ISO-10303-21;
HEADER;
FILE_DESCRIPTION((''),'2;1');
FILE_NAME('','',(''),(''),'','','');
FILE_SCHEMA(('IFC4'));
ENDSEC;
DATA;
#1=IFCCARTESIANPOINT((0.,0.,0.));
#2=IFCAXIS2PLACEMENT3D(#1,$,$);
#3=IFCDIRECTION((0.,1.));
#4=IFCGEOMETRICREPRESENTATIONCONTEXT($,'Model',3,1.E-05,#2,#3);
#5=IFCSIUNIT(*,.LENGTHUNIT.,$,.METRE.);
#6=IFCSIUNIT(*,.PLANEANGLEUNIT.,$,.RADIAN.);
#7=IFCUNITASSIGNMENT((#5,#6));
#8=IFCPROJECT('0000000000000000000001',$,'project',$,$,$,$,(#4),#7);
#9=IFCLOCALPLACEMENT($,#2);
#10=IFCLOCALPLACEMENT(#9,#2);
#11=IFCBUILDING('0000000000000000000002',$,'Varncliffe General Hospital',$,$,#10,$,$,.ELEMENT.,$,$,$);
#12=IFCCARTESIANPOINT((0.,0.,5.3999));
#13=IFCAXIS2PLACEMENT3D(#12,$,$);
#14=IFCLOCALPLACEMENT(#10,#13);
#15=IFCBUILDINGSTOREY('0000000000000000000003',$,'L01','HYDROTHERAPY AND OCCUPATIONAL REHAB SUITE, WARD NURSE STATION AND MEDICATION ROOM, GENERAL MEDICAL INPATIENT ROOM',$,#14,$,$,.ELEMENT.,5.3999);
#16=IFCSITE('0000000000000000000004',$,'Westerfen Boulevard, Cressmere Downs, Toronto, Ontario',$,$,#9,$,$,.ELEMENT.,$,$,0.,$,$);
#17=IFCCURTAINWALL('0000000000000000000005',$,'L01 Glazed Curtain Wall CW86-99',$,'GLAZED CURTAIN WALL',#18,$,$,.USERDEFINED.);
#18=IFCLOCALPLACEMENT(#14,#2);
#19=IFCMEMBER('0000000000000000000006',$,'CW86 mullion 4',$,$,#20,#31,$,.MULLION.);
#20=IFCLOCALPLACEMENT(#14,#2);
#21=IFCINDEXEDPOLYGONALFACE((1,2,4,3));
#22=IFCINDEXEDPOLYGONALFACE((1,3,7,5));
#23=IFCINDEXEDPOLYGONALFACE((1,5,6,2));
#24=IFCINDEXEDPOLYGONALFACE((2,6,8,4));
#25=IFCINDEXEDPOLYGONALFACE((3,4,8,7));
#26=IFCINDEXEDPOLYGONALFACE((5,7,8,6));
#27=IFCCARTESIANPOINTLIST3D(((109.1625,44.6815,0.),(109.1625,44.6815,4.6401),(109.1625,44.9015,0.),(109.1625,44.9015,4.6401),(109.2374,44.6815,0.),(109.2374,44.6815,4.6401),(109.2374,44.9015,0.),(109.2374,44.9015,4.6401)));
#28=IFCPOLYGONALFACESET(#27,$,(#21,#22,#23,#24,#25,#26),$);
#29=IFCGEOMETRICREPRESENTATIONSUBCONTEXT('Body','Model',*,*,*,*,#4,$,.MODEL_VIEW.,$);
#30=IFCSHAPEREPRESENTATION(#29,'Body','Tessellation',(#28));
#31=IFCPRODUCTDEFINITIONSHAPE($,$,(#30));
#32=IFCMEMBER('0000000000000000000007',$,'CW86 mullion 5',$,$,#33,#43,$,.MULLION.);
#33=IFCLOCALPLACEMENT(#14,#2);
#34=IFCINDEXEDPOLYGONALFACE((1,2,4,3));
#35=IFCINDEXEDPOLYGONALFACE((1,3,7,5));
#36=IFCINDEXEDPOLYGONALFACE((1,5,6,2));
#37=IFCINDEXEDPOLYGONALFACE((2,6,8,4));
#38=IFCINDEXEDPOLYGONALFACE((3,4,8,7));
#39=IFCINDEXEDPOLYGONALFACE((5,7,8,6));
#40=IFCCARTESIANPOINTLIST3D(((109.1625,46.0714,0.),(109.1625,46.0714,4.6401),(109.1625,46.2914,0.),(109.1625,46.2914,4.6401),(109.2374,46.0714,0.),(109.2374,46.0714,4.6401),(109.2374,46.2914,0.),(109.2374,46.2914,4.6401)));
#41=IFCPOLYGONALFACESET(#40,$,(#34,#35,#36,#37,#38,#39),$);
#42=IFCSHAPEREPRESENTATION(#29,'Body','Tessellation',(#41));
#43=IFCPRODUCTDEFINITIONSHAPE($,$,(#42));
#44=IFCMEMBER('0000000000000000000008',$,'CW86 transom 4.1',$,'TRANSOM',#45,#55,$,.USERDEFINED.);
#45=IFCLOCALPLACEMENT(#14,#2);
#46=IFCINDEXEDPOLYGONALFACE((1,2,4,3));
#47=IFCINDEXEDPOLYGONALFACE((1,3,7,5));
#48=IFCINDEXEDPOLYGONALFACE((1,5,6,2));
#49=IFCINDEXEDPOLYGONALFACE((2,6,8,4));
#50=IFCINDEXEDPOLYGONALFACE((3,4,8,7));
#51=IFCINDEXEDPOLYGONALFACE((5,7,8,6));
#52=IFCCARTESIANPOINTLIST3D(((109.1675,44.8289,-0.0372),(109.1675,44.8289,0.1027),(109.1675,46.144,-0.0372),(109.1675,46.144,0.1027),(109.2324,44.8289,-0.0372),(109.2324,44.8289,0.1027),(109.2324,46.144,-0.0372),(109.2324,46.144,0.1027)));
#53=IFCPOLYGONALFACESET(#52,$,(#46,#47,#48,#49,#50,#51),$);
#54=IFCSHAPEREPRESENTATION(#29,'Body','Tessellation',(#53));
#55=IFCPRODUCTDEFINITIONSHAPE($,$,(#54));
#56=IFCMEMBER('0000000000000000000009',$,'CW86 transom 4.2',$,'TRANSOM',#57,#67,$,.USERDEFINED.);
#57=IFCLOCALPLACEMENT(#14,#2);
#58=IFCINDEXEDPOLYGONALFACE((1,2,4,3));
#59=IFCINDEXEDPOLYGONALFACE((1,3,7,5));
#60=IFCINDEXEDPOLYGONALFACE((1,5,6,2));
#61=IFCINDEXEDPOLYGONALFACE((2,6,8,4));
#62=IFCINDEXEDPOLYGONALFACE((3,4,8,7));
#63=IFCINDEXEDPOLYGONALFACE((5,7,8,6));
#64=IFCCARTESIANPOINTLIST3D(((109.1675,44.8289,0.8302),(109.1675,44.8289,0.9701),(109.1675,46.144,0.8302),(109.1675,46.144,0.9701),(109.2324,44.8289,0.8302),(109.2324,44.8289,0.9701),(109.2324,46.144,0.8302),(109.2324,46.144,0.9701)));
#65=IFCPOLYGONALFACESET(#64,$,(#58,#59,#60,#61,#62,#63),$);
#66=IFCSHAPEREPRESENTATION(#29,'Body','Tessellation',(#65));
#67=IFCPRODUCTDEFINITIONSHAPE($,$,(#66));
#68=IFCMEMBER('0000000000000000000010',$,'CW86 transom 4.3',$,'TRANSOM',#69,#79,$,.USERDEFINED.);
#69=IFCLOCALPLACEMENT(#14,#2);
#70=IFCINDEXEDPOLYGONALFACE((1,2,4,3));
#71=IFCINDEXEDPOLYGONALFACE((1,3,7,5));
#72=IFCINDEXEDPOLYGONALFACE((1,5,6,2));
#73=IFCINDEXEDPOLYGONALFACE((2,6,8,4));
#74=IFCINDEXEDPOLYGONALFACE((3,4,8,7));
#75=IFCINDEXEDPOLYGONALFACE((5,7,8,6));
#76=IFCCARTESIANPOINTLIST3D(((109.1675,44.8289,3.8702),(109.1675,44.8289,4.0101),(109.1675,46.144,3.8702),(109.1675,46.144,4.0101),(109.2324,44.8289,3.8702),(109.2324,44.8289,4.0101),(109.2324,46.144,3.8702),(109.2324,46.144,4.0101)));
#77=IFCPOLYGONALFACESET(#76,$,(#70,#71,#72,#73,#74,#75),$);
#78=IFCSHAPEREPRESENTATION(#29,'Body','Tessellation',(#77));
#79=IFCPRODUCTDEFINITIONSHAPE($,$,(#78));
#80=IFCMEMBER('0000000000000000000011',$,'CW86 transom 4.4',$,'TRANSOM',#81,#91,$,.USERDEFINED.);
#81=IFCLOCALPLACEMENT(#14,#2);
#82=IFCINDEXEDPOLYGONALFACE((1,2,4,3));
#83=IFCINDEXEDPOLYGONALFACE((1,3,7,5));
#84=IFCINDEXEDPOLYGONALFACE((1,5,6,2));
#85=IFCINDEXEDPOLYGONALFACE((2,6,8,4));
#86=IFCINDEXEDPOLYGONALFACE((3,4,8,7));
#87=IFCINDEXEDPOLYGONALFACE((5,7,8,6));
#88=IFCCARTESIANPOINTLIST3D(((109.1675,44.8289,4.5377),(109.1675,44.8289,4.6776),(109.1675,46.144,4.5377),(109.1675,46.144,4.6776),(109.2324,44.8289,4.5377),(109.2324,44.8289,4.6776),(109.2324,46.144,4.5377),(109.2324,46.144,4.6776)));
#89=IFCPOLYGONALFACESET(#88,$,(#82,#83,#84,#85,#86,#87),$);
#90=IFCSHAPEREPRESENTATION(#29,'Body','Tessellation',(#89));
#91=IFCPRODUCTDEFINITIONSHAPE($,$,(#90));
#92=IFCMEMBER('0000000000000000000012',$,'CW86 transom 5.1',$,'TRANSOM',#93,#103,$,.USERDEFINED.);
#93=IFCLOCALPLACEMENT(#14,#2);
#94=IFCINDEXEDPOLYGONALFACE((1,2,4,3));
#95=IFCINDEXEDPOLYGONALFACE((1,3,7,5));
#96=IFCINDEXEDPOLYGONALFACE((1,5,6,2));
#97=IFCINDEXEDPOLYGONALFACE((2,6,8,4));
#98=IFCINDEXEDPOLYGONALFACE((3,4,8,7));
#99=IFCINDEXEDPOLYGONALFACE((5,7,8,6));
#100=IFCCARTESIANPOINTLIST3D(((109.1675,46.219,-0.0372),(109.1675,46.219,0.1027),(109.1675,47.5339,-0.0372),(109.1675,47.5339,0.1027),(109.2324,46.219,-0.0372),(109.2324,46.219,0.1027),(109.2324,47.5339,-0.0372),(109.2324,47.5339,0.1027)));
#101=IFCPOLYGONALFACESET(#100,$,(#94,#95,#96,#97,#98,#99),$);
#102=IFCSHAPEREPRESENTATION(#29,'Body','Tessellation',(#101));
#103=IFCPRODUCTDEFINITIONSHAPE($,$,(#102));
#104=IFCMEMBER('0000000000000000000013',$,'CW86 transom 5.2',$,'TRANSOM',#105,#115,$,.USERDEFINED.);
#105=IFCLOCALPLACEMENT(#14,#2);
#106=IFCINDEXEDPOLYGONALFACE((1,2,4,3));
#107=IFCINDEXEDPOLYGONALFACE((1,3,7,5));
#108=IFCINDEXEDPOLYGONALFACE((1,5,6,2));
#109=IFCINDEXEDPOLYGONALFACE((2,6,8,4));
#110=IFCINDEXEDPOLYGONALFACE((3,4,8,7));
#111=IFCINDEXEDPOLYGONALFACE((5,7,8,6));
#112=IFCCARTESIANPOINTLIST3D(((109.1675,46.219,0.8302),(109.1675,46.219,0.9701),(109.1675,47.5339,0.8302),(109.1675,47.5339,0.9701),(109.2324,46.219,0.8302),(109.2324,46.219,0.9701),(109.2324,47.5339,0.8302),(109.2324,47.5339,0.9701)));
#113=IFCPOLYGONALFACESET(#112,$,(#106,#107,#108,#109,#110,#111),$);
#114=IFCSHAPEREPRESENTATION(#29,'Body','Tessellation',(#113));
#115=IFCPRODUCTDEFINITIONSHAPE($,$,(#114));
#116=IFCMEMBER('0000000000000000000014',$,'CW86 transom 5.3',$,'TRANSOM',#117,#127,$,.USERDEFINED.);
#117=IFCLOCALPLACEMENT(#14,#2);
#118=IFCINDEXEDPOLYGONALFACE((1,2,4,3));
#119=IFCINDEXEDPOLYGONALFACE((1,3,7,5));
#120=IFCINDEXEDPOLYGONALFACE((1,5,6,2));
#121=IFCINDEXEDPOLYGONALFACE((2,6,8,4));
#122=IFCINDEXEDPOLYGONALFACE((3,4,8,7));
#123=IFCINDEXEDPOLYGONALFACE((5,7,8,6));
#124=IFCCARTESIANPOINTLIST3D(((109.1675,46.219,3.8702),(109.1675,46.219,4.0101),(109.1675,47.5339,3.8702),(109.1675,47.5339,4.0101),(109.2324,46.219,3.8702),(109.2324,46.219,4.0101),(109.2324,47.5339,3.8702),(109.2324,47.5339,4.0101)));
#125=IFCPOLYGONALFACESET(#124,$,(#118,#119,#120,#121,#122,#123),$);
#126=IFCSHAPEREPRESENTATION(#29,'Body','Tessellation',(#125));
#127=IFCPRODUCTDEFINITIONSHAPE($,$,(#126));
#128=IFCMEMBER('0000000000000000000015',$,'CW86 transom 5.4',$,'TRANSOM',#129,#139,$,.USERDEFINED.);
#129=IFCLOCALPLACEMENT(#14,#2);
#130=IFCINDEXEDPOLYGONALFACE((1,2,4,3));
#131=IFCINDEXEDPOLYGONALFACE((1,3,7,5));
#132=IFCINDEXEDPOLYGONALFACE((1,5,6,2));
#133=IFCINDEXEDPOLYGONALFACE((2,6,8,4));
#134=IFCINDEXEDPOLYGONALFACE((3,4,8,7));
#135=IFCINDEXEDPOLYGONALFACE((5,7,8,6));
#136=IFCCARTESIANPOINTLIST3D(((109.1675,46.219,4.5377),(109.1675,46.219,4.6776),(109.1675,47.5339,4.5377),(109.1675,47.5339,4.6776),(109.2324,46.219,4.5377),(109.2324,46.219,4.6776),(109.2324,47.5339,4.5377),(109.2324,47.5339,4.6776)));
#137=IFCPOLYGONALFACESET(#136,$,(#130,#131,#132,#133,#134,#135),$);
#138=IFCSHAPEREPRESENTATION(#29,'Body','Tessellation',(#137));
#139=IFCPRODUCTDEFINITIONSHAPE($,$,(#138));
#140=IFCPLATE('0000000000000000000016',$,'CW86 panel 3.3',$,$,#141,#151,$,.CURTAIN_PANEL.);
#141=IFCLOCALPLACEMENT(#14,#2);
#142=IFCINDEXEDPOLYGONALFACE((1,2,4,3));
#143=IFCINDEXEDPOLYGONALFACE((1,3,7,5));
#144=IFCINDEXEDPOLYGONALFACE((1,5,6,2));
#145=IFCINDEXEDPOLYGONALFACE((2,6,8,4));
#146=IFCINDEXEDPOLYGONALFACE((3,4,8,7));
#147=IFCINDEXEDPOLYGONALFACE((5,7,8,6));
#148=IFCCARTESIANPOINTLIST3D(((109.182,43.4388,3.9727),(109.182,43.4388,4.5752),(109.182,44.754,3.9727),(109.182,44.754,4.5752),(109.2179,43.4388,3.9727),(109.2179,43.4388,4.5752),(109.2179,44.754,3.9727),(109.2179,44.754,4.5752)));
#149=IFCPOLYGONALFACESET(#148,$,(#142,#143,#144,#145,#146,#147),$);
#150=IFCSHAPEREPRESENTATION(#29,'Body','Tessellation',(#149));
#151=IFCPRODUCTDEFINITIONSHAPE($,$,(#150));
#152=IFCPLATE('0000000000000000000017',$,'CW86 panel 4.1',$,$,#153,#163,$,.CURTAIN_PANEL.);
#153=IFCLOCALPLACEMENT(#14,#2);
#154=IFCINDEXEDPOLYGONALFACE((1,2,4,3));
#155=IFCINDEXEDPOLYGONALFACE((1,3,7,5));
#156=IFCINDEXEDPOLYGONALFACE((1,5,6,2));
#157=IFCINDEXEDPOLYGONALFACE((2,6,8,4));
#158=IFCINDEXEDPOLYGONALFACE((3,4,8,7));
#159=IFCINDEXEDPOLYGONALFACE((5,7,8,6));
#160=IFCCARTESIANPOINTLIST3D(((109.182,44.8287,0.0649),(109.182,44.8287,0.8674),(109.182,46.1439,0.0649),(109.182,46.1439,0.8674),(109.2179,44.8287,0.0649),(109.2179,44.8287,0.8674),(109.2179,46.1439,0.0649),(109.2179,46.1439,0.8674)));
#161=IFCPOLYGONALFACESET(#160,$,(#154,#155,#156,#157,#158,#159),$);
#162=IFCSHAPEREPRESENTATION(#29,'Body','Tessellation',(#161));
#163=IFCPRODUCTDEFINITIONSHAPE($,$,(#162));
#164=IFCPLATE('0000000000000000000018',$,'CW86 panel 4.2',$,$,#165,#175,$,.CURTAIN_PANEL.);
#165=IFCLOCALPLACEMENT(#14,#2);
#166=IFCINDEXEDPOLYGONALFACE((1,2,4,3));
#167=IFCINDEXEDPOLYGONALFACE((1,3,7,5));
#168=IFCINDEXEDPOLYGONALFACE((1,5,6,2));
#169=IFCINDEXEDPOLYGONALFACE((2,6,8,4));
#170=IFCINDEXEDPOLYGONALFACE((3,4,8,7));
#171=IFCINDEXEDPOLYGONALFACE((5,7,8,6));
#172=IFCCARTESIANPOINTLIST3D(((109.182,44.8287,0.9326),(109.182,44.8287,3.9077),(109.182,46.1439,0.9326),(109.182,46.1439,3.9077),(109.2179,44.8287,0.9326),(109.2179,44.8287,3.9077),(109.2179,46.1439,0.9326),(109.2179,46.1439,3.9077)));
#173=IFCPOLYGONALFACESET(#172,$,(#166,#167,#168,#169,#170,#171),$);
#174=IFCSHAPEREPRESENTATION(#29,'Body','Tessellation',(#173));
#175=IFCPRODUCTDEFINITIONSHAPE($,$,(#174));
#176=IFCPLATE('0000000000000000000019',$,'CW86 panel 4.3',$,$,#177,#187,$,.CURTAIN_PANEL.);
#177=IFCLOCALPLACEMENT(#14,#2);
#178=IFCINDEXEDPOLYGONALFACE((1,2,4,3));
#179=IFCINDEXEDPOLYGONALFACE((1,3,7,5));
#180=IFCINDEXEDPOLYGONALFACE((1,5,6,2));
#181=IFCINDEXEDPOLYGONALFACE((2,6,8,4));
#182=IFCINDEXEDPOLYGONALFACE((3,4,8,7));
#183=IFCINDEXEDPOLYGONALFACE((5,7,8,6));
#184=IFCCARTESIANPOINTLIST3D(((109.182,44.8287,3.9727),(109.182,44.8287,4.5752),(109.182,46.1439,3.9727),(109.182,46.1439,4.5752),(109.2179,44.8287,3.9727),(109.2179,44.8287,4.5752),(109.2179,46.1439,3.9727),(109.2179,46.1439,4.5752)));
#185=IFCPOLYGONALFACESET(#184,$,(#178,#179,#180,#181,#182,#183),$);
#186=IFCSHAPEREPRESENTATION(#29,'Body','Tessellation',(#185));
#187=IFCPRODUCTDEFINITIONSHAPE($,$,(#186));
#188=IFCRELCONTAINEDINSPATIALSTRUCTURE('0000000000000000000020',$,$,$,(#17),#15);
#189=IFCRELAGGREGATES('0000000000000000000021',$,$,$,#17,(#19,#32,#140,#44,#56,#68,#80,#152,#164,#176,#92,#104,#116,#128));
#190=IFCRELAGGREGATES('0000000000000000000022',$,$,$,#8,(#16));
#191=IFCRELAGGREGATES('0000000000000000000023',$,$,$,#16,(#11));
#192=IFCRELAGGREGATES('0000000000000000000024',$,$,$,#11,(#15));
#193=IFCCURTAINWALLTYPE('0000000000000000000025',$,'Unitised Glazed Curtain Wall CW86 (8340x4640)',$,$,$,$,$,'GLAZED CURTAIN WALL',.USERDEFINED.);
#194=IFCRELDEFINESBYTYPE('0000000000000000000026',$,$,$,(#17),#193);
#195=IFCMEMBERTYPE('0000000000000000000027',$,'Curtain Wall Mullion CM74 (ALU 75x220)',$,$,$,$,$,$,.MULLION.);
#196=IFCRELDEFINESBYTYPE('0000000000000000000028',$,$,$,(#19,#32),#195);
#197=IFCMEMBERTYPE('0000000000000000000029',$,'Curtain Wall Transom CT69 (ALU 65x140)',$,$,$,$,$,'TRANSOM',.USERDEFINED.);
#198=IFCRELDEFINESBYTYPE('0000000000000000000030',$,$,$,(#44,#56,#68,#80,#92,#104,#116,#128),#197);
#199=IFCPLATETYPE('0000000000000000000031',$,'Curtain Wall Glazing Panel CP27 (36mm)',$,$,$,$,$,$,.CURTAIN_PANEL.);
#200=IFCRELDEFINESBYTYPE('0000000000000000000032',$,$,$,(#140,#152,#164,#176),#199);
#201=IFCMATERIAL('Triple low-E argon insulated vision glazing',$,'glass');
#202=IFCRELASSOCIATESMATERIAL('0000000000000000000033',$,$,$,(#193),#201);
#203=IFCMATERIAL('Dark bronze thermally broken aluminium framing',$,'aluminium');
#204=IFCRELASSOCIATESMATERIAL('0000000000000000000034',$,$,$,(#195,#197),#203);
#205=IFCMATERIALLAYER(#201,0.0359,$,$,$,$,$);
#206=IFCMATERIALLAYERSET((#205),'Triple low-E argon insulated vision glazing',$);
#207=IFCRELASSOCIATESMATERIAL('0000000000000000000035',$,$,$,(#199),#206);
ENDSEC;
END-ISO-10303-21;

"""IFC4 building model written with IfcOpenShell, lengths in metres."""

from ifc_helpers import new_model, si_unit, direction, frame, origin, origin_2d, place, context, subcontext, project, spatial, rectangle, extrude, material, layer, layer_set, material_profile, profile_set, type_object, element, aggregate, save


model = new_model("IFC4")

# Units and contexts
model_context = context("Model", 3, precision=1e-05, world=origin(), true_north=direction((0.0, 1.0)))
body_context = subcontext(model_context, "Body", "Model", "MODEL_VIEW")
ifc_project = project(units=[si_unit("LENGTHUNIT", "METRE"), si_unit("PLANEANGLEUNIT", "RADIAN")], contexts=[model_context])

# Site, building, storey
site_placement = place(None, origin())
site = spatial("IfcSite", under=ifc_project, at=site_placement, Name="Westerfen Boulevard, Cressmere Downs, Toronto, Ontario", CompositionType="ELEMENT", RefElevation=0.0)
building_placement = place(site_placement, origin())
building = spatial("IfcBuilding", under=site, at=building_placement, Name="Varncliffe General Hospital", CompositionType="ELEMENT")
storey_placement = place(building_placement, frame((0.0, 0.0, 5.3999)))
storey = spatial("IfcBuildingStorey", under=building, at=storey_placement, Name="L01", Description="HYDROTHERAPY AND OCCUPATIONAL REHAB SUITE, WARD NURSE STATION AND MEDICATION ROOM, GENERAL MEDICAL INPATIENT ROOM", CompositionType="ELEMENT", Elevation=5.3999)

# Curtain wall, members, plates
ifc_material_1 = material(Name="Triple low-E argon insulated vision glazing", Category="glass")
curtain_wall_type = type_object("IfcCurtainWallType", Name="Unitised Glazed Curtain Wall CW86 (8340x4640)", ElementType="GLAZED CURTAIN WALL", PredefinedType="USERDEFINED", material=ifc_material_1)
curtain_wall_placement = place(storey_placement, origin())
curtain_wall = element("IfcCurtainWall", 1, at=curtain_wall_placement, inside=storey, type_object=curtain_wall_type, Name="L01 Glazed Curtain Wall CW86-99", ObjectType="GLAZED CURTAIN WALL", PredefinedType="USERDEFINED")
ifc_material_2 = material(Name="Dark bronze thermally broken aluminium framing", Category="aluminium")
ifc_material_profile_1 = material_profile(ifc_material_2, rectangle(XDim=0.075, YDim=0.22, at=origin_2d()), Name="ALU 75x220")
ifc_profile_set_1 = profile_set([ifc_material_profile_1], Name="Dark bronze thermally broken aluminium framing")
member_type_1 = type_object("IfcMemberType", Name="Curtain Wall Mullion CM74 (ALU 75x220)", PredefinedType="MULLION", material=ifc_profile_set_1)
member_1_placement = place(storey_placement, frame((109.2, 44.7915, 0.0), z_axis=(0.0, 0.0, 1.0), x_axis=(-1.0, 0.0, 0.0)))
member_1 = element("IfcMember", 2, at=member_1_placement, type_object=member_type_1, Name="CW86 mullion 4", PredefinedType="MULLION", context=body_context, shape_type="SweptSolid", body=[
    extrude(rectangle(XDim=0.075, YDim=0.22, at=origin_2d()), origin(), (0.0, 0.0, 1.0), 4.6401),
])
member_2_placement = place(storey_placement, frame((109.2, 46.1814, 0.0), z_axis=(0.0, 0.0, 1.0), x_axis=(-1.0, 0.0, 0.0)))
member_2 = element("IfcMember", 3, at=member_2_placement, type_object=member_type_1, Name="CW86 mullion 5", PredefinedType="MULLION", context=body_context, shape_type="SweptSolid", body=[
    extrude(rectangle(XDim=0.075, YDim=0.22, at=origin_2d()), origin(), (0.0, 0.0, 1.0), 4.6401),
])
ifc_material_profile_2 = material_profile(ifc_material_2, rectangle(XDim=0.0649, YDim=0.1399, at=origin_2d()), Name="ALU 65x140")
ifc_profile_set_2 = profile_set([ifc_material_profile_2], Name="Dark bronze thermally broken aluminium framing")
member_type_2 = type_object("IfcMemberType", Name="Curtain Wall Transom CT69 (ALU 65x140)", ElementType="TRANSOM", PredefinedType="USERDEFINED", material=ifc_profile_set_2)
member_3_placement = place(storey_placement, frame((109.2, 44.8289, 0.0327), z_axis=(0.0, 1.0, 0.0), x_axis=(-1.0, 0.0, 0.0)))
member_3 = element("IfcMember", 4, at=member_3_placement, type_object=member_type_2, Name="CW86 transom 4.1", ObjectType="TRANSOM", PredefinedType="USERDEFINED", context=body_context, shape_type="SweptSolid", body=[
    extrude(rectangle(XDim=0.0649, YDim=0.1399, at=origin_2d()), origin(), (0.0, 0.0, 1.0), 1.3152),
])
member_4_placement = place(storey_placement, frame((109.2, 44.8289, 0.9001), z_axis=(0.0, 1.0, 0.0), x_axis=(-1.0, 0.0, 0.0)))
member_4 = element("IfcMember", 5, at=member_4_placement, type_object=member_type_2, Name="CW86 transom 4.2", ObjectType="TRANSOM", PredefinedType="USERDEFINED", context=body_context, shape_type="SweptSolid", body=[
    extrude(rectangle(XDim=0.0649, YDim=0.1399, at=origin_2d()), origin(), (0.0, 0.0, 1.0), 1.3152),
])
member_5_placement = place(storey_placement, frame((109.2, 44.8289, 3.9402), z_axis=(0.0, 1.0, 0.0), x_axis=(-1.0, 0.0, 0.0)))
member_5 = element("IfcMember", 6, at=member_5_placement, type_object=member_type_2, Name="CW86 transom 4.3", ObjectType="TRANSOM", PredefinedType="USERDEFINED", context=body_context, shape_type="SweptSolid", body=[
    extrude(rectangle(XDim=0.0649, YDim=0.1399, at=origin_2d()), origin(), (0.0, 0.0, 1.0), 1.3152),
])
member_6_placement = place(storey_placement, frame((109.2, 44.8289, 4.6077), z_axis=(0.0, 1.0, 0.0), x_axis=(-1.0, 0.0, 0.0)))
member_6 = element("IfcMember", 7, at=member_6_placement, type_object=member_type_2, Name="CW86 transom 4.4", ObjectType="TRANSOM", PredefinedType="USERDEFINED", context=body_context, shape_type="SweptSolid", body=[
    extrude(rectangle(XDim=0.0649, YDim=0.1399, at=origin_2d()), origin(), (0.0, 0.0, 1.0), 1.3152),
])
member_7_placement = place(storey_placement, frame((109.2, 46.219, 0.0327), z_axis=(0.0, 1.0, 0.0), x_axis=(-1.0, 0.0, 0.0)))
member_7 = element("IfcMember", 8, at=member_7_placement, type_object=member_type_2, Name="CW86 transom 5.1", ObjectType="TRANSOM", PredefinedType="USERDEFINED", context=body_context, shape_type="SweptSolid", body=[
    extrude(rectangle(XDim=0.0649, YDim=0.1399, at=origin_2d()), origin(), (0.0, 0.0, 1.0), 1.3149),
])
member_8_placement = place(storey_placement, frame((109.2, 46.219, 0.9001), z_axis=(0.0, 1.0, 0.0), x_axis=(-1.0, 0.0, 0.0)))
member_8 = element("IfcMember", 9, at=member_8_placement, type_object=member_type_2, Name="CW86 transom 5.2", ObjectType="TRANSOM", PredefinedType="USERDEFINED", context=body_context, shape_type="SweptSolid", body=[
    extrude(rectangle(XDim=0.0649, YDim=0.1399, at=origin_2d()), origin(), (0.0, 0.0, 1.0), 1.3149),
])
member_9_placement = place(storey_placement, frame((109.2, 46.219, 3.9402), z_axis=(0.0, 1.0, 0.0), x_axis=(-1.0, 0.0, 0.0)))
member_9 = element("IfcMember", 10, at=member_9_placement, type_object=member_type_2, Name="CW86 transom 5.3", ObjectType="TRANSOM", PredefinedType="USERDEFINED", context=body_context, shape_type="SweptSolid", body=[
    extrude(rectangle(XDim=0.0649, YDim=0.1399, at=origin_2d()), origin(), (0.0, 0.0, 1.0), 1.3149),
])
member_10_placement = place(storey_placement, frame((109.2, 46.219, 4.6077), z_axis=(0.0, 1.0, 0.0), x_axis=(-1.0, 0.0, 0.0)))
member_10 = element("IfcMember", 11, at=member_10_placement, type_object=member_type_2, Name="CW86 transom 5.4", ObjectType="TRANSOM", PredefinedType="USERDEFINED", context=body_context, shape_type="SweptSolid", body=[
    extrude(rectangle(XDim=0.0649, YDim=0.1399, at=origin_2d()), origin(), (0.0, 0.0, 1.0), 1.3149),
])
ifc_layer_1 = layer(ifc_material_1, 0.0359)
ifc_layer_set_1 = layer_set([ifc_layer_1], Name="Triple low-E argon insulated vision glazing")
plate_type = type_object("IfcPlateType", Name="Curtain Wall Glazing Panel CP27 (36mm)", PredefinedType="CURTAIN_PANEL", material=ifc_layer_set_1)
plate_1_placement = place(storey_placement, frame((109.2, 44.0964, 3.9727), z_axis=(0.0, 0.0, 1.0), x_axis=(0.0, 1.0, 0.0)))
plate_1 = element("IfcPlate", 12, at=plate_1_placement, type_object=plate_type, Name="CW86 panel 3.3", PredefinedType="CURTAIN_PANEL", context=body_context, shape_type="SweptSolid", body=[
    extrude(rectangle(XDim=1.3152, YDim=0.0359, at=origin_2d()), origin(), (0.0, 0.0, 1.0), 0.6025),
])
plate_2_placement = place(storey_placement, frame((109.2, 45.4863, 0.0649), z_axis=(0.0, 0.0, 1.0), x_axis=(0.0, 1.0, 0.0)))
plate_2 = element("IfcPlate", 13, at=plate_2_placement, type_object=plate_type, Name="CW86 panel 4.1", PredefinedType="CURTAIN_PANEL", context=body_context, shape_type="SweptSolid", body=[
    extrude(rectangle(XDim=1.3152, YDim=0.0359, at=origin_2d()), origin(), (0.0, 0.0, 1.0), 0.8025),
])
plate_3_placement = place(storey_placement, frame((109.2, 45.4863, 0.9326), z_axis=(0.0, 0.0, 1.0), x_axis=(0.0, 1.0, 0.0)))
plate_3 = element("IfcPlate", 14, at=plate_3_placement, type_object=plate_type, Name="CW86 panel 4.2", PredefinedType="CURTAIN_PANEL", context=body_context, shape_type="SweptSolid", body=[
    extrude(rectangle(XDim=1.3152, YDim=0.0359, at=origin_2d()), origin(), (0.0, 0.0, 1.0), 2.9751),
])
plate_4_placement = place(storey_placement, frame((109.2, 45.4863, 3.9727), z_axis=(0.0, 0.0, 1.0), x_axis=(0.0, 1.0, 0.0)))
plate_4 = element("IfcPlate", 15, at=plate_4_placement, type_object=plate_type, Name="CW86 panel 4.3", PredefinedType="CURTAIN_PANEL", context=body_context, shape_type="SweptSolid", body=[
    extrude(rectangle(XDim=1.3152, YDim=0.0359, at=origin_2d()), origin(), (0.0, 0.0, 1.0), 0.6025),
])
aggregate(curtain_wall, [member_1, member_2, plate_1, member_3, member_4, member_5, member_6, plate_2, plate_3, plate_4, member_7, member_8, member_9, member_10])

save(model, "model.ifc")
